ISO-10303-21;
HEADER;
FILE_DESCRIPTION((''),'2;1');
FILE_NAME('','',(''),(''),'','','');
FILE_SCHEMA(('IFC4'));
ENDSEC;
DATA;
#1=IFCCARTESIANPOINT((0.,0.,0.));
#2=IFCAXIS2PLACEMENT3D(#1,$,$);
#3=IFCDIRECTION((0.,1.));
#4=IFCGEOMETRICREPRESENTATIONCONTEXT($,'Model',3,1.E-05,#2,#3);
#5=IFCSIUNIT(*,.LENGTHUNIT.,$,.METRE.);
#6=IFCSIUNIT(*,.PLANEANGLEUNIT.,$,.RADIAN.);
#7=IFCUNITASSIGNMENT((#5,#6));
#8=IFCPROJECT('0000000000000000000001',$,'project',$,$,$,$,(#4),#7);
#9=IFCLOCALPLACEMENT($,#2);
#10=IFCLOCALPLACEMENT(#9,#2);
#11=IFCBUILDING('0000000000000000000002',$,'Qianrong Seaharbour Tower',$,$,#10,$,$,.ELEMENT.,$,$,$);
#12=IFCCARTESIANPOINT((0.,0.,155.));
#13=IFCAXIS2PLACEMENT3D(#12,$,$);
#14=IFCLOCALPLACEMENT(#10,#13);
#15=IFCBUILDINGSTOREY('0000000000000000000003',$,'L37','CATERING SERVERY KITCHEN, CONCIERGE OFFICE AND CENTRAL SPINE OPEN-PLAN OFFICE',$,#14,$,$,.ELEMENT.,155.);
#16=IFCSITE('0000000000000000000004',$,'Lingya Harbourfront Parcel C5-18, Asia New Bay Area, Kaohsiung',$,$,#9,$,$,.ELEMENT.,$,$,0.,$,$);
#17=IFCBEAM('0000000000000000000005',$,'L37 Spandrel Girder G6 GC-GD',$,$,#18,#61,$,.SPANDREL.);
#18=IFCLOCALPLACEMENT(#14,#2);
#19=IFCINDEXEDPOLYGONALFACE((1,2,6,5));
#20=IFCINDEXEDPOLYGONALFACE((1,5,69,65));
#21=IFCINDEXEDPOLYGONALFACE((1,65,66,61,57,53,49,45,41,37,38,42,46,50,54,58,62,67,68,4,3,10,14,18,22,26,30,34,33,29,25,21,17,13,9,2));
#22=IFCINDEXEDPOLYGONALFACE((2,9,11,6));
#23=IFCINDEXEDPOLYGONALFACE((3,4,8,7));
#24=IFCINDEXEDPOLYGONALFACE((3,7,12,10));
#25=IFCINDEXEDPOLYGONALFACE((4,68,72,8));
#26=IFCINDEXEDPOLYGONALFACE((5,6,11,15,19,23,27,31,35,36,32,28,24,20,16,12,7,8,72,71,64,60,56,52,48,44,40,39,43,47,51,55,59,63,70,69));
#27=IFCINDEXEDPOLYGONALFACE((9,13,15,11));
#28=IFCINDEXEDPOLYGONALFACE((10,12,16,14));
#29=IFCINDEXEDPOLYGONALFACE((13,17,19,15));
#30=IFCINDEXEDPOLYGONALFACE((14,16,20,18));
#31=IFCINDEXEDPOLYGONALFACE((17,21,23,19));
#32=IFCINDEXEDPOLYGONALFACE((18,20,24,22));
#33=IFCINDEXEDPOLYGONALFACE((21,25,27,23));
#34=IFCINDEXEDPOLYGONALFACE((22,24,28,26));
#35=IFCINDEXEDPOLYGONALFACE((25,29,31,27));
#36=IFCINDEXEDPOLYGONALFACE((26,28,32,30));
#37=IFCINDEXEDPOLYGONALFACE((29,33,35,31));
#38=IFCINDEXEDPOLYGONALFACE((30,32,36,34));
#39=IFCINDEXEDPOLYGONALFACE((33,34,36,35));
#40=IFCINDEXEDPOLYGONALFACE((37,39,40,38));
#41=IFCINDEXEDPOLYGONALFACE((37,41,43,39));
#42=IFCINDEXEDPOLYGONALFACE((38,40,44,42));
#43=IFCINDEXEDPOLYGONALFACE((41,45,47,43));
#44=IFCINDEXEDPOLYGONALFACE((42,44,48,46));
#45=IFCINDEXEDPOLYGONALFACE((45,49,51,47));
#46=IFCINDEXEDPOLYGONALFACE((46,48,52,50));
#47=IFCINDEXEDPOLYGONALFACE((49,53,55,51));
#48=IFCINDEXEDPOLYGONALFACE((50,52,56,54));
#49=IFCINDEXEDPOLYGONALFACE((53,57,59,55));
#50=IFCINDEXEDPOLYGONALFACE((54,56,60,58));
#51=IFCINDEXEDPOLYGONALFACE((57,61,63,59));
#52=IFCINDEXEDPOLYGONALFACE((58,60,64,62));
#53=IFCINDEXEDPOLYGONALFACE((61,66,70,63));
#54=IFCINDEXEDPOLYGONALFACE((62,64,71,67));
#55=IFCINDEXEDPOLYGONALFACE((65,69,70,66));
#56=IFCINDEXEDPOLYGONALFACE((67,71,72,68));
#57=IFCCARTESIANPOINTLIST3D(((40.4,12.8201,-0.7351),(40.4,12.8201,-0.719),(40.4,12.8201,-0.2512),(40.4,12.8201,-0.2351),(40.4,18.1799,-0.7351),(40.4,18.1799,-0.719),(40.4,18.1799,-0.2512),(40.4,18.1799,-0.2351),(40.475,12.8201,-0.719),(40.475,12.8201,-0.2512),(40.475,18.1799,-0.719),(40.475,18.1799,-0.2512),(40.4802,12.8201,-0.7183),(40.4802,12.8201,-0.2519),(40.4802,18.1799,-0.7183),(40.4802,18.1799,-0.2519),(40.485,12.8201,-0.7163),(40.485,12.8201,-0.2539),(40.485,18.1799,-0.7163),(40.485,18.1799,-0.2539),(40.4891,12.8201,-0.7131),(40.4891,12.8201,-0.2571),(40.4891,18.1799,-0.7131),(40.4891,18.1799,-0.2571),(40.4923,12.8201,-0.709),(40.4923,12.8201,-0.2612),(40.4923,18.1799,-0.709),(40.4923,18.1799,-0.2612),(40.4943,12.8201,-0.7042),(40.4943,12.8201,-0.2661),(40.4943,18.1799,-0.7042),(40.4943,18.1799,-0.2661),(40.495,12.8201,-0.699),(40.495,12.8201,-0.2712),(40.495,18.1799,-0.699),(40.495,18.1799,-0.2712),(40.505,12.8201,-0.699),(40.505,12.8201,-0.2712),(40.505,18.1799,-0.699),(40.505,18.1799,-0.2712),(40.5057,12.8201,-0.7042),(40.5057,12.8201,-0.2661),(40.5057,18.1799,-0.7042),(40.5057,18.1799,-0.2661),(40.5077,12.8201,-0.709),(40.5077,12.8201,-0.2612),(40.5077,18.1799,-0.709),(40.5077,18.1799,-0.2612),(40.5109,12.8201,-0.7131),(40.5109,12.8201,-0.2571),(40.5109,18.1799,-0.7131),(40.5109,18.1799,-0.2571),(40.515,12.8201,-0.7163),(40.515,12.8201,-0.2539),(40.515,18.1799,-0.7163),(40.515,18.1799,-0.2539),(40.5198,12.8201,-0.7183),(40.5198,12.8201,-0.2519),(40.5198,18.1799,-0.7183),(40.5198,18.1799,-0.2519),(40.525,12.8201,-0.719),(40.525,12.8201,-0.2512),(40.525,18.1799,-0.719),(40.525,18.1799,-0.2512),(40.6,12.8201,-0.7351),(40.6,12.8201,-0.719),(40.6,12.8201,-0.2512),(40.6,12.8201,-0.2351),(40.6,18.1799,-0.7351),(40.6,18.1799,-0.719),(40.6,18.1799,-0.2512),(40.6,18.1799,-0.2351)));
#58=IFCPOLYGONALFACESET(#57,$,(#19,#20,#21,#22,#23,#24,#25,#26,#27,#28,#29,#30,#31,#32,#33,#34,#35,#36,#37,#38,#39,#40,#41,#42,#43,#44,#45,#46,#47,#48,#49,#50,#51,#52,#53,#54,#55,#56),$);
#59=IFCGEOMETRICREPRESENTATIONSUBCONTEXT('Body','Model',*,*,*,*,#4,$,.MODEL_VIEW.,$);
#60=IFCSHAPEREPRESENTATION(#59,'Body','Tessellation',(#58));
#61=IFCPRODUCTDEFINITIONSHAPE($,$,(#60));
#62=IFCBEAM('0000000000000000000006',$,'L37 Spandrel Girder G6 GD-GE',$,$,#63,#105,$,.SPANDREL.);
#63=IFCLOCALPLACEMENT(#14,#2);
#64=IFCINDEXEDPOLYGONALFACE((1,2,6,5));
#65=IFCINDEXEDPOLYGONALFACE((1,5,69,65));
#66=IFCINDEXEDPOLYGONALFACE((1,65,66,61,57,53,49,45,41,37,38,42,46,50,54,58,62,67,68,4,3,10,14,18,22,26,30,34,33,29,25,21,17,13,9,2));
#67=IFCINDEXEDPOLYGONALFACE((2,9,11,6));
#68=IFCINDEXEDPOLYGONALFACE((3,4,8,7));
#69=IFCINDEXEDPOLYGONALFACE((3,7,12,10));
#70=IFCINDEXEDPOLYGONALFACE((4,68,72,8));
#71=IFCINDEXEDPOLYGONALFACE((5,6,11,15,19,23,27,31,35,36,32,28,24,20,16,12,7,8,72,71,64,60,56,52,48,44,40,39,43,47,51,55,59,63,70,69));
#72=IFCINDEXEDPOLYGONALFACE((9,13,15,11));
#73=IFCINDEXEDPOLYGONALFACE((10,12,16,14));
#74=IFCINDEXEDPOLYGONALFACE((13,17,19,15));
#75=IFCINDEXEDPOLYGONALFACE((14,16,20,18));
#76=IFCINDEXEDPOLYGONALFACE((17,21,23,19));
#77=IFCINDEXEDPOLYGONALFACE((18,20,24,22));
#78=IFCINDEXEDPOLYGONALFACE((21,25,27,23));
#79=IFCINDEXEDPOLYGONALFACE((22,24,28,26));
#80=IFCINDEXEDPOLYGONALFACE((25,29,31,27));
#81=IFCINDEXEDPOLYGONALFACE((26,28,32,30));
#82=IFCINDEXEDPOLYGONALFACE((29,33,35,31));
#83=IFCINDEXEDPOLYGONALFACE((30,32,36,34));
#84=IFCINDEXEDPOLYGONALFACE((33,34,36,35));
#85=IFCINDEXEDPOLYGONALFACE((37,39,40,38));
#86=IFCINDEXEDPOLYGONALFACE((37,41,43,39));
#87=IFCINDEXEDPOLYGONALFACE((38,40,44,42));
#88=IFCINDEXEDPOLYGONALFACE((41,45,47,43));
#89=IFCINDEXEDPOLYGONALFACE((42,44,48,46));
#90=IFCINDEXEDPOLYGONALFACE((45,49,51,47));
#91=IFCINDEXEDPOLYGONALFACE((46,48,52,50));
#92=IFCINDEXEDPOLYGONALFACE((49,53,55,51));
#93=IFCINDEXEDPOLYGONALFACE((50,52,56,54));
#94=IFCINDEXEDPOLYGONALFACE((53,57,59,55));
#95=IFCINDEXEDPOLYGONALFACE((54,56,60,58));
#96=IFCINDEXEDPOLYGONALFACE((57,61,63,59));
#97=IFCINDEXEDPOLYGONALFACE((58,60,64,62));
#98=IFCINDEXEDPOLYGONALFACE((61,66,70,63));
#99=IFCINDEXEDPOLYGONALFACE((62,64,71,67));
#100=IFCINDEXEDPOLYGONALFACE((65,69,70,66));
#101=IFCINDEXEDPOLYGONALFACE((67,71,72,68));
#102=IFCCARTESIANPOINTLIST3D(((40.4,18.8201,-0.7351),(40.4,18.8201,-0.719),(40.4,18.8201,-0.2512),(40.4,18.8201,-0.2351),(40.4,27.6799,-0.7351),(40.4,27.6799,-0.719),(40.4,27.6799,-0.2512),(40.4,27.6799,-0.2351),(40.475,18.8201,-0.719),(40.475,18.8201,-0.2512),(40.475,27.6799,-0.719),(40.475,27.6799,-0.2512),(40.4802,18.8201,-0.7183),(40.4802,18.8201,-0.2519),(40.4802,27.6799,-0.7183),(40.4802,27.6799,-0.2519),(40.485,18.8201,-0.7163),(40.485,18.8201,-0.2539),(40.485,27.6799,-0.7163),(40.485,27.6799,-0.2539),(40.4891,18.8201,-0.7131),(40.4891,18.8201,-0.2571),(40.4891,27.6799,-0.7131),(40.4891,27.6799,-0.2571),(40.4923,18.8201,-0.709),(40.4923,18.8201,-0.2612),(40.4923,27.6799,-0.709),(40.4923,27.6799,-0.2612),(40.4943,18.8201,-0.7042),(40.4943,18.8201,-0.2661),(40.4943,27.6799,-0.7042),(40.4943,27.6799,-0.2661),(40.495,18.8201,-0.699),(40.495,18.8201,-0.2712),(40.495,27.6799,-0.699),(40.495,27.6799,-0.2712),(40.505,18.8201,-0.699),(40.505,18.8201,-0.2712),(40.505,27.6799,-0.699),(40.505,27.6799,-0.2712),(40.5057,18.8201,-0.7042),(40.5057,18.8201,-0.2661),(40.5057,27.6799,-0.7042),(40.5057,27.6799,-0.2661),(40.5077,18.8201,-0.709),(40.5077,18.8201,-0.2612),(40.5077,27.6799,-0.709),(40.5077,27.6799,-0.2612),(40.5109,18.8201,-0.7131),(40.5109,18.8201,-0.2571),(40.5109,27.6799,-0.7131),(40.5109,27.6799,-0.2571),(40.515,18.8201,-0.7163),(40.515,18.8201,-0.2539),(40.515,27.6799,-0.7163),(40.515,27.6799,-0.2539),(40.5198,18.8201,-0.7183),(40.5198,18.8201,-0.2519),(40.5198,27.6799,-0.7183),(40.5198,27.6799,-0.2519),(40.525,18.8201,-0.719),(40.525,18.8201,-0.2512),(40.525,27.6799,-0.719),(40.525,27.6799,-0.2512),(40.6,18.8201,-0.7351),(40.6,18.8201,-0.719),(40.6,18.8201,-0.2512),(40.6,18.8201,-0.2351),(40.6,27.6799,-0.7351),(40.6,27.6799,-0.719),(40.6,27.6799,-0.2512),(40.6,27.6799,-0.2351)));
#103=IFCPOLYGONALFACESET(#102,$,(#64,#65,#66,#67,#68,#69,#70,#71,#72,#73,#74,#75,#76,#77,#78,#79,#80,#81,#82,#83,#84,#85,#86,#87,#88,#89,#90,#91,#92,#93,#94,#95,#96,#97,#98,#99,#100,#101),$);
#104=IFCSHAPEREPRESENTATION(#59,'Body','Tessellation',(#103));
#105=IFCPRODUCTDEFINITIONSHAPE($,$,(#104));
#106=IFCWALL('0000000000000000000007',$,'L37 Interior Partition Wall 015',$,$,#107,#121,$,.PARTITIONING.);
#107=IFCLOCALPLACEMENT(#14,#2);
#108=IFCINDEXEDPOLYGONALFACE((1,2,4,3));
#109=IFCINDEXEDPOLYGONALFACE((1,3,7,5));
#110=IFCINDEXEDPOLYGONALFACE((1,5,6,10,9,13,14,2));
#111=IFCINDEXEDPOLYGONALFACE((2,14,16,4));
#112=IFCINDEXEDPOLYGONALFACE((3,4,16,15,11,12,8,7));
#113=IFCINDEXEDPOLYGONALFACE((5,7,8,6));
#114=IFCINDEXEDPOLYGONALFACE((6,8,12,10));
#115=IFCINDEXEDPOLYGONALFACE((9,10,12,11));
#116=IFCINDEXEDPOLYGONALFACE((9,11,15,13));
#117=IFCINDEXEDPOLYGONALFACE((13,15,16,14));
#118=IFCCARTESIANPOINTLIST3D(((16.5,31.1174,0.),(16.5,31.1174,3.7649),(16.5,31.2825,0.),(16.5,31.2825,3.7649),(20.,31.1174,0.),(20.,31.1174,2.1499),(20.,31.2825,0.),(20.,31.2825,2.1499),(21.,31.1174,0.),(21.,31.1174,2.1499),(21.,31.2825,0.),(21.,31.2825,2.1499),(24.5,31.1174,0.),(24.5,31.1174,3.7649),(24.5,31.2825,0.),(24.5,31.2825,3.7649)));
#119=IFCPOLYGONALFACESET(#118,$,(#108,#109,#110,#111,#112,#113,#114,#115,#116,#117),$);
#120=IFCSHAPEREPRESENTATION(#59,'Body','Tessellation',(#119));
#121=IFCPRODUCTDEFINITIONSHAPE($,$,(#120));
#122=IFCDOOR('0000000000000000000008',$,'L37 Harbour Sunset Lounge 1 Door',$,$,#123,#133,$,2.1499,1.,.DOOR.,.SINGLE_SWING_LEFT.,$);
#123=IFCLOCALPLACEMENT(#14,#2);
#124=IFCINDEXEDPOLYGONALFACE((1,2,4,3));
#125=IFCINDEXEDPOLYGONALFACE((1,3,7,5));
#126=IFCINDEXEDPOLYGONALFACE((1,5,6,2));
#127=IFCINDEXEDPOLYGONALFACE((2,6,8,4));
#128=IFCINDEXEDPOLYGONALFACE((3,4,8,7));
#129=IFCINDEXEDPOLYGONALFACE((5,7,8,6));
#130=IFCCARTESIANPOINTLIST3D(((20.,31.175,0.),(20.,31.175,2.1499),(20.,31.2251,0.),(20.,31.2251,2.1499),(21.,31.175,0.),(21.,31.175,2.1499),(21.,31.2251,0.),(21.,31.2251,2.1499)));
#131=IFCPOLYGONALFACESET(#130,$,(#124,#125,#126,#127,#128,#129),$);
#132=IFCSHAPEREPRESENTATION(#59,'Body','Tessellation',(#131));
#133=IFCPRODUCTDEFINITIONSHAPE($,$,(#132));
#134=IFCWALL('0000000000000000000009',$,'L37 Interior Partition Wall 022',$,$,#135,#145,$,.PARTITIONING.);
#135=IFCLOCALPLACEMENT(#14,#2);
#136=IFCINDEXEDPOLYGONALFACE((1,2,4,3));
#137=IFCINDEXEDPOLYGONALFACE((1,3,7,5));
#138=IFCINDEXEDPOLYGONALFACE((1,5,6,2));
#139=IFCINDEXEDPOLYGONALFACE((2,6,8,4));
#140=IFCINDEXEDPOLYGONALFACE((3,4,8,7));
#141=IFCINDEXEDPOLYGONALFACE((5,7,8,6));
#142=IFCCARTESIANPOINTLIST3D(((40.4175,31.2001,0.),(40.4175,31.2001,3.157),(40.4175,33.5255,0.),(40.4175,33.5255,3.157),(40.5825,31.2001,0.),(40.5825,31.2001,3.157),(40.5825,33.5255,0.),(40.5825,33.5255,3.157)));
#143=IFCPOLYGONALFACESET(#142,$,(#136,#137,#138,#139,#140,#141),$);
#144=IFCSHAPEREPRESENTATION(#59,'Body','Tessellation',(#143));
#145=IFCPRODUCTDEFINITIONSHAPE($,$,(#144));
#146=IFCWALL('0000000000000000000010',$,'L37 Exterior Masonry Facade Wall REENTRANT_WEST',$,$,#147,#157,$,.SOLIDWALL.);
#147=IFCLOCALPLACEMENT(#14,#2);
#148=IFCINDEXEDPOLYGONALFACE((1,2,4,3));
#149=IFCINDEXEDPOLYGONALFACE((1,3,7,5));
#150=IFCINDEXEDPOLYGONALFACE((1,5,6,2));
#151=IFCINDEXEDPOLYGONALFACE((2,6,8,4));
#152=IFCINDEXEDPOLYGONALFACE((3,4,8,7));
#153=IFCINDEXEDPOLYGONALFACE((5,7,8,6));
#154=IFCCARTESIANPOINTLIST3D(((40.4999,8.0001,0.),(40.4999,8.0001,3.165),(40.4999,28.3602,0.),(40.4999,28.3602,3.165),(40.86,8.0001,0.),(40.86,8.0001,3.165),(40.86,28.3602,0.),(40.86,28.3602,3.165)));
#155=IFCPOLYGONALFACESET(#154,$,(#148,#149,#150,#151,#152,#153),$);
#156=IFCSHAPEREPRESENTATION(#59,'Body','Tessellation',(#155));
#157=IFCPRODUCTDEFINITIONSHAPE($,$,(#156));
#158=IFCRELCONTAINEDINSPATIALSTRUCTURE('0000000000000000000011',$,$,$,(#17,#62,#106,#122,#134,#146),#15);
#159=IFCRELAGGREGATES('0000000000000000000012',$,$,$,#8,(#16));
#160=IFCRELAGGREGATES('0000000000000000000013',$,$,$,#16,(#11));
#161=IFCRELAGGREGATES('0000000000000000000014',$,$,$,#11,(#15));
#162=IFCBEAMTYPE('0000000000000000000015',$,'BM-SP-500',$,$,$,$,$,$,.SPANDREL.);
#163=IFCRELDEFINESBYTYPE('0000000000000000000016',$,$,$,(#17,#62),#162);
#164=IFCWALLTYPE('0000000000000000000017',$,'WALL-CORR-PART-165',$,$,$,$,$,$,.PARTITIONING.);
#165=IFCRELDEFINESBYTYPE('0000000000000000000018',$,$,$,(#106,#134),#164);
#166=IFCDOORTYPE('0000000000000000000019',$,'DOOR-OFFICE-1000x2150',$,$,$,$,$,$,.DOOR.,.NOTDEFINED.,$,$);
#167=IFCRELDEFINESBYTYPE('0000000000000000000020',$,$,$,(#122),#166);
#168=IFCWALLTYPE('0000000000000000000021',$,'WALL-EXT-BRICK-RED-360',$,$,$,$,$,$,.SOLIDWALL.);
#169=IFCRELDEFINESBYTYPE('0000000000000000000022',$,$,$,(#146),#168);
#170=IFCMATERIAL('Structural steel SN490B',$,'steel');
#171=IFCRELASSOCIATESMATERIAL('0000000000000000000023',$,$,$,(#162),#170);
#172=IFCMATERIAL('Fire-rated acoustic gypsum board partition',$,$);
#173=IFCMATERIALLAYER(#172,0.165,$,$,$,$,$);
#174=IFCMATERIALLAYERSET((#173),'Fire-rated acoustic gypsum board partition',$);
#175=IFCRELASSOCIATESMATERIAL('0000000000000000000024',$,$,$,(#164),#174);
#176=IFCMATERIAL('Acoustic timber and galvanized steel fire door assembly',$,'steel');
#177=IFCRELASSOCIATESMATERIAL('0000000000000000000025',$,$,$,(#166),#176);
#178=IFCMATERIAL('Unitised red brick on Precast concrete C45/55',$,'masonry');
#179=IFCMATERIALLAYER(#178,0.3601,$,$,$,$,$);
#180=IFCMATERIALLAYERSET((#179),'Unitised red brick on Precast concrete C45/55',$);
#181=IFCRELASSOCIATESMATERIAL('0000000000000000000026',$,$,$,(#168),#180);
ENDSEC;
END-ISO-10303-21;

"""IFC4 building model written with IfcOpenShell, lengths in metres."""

from ifc_helpers import new_model, si_unit, direction, frame, frame_2d, origin, origin_2d, place, context, subcontext, project, spatial, rectangle, i_section, extrude, material, layer, layer_set, material_profile, profile_set, type_object, element, fill, save


model = new_model("IFC4")

# Units and contexts
model_context = context("Model", 3, precision=1e-05, world=origin(), true_north=direction((0.0, 1.0)))
body_context = subcontext(model_context, "Body", "Model", "MODEL_VIEW")
ifc_project = project(units=[si_unit("LENGTHUNIT", "METRE"), si_unit("PLANEANGLEUNIT", "RADIAN")], contexts=[model_context])

# Site, building, storey
site_placement = place(None, origin())
site = spatial("IfcSite", under=ifc_project, at=site_placement, Name="Lingya Harbourfront Parcel C5-18, Asia New Bay Area, Kaohsiung", CompositionType="ELEMENT", RefElevation=0.0)
building_placement = place(site_placement, origin())
building = spatial("IfcBuilding", under=site, at=building_placement, Name="Qianrong Seaharbour Tower", CompositionType="ELEMENT")
storey_placement = place(building_placement, frame((0.0, 0.0, 155.0)))
storey = spatial("IfcBuildingStorey", under=building, at=storey_placement, Name="L37", Description="CATERING SERVERY KITCHEN, CONCIERGE OFFICE AND CENTRAL SPINE OPEN-PLAN OFFICE", CompositionType="ELEMENT", Elevation=155.0)

# Shared definitions
ifc_material_1 = material(Name="Structural steel SN490B", Category="steel")

# Beams
ifc_material_profile_1 = material_profile(ifc_material_1, i_section(OverallWidth=0.2, OverallDepth=0.5, WebThickness=0.01, FlangeThickness=0.0161, FilletRadius=0.02, at=origin_2d()), Name="H500x200x10x16")
ifc_profile_set_1 = profile_set([ifc_material_profile_1], Name="Structural steel SN490B")
beam_type_1 = type_object("IfcBeamType", Name="BM-SP-500", PredefinedType="SPANDREL", material=ifc_profile_set_1)
beam_1_placement = place(storey_placement, frame((40.5, 12.8201, -0.4851), z_axis=(0.0, 1.0, 0.0), x_axis=(-1.0, 0.0, 0.0)))
element("IfcBeam", 1, at=beam_1_placement, inside=storey, type_object=beam_type_1, Name="L37 Spandrel Girder G6 GC-GD", PredefinedType="SPANDREL", context=body_context, shape_type="SweptSolid", body=[
    extrude(i_section(OverallWidth=0.2, OverallDepth=0.5, WebThickness=0.01, FlangeThickness=0.0161, FilletRadius=0.02, at=origin_2d()), origin(), (0.0, 0.0, 1.0), 5.3599),
])
beam_2_placement = place(storey_placement, frame((40.5, 18.8201, -0.4851), z_axis=(0.0, 1.0, 0.0), x_axis=(-1.0, 0.0, 0.0)))
element("IfcBeam", 2, at=beam_2_placement, inside=storey, type_object=beam_type_1, Name="L37 Spandrel Girder G6 GD-GE", PredefinedType="SPANDREL", context=body_context, shape_type="SweptSolid", body=[
    extrude(i_section(OverallWidth=0.2, OverallDepth=0.5, WebThickness=0.01, FlangeThickness=0.0161, FilletRadius=0.02, at=origin_2d()), origin(), (0.0, 0.0, 1.0), 8.8599),
])

# Wall, opening, door
ifc_material_2 = material(Name="Fire-rated acoustic gypsum board partition")
ifc_layer_1 = layer(ifc_material_2, 0.165)
ifc_layer_set_1 = layer_set([ifc_layer_1], Name="Fire-rated acoustic gypsum board partition")
wall_type_1 = type_object("IfcWallType", Name="WALL-CORR-PART-165", PredefinedType="PARTITIONING", material=ifc_layer_set_1)
wall_1_placement = place(storey_placement, frame((24.5, 31.2, 0.0), z_axis=(0.0, 0.0, 1.0), x_axis=(-1.0, 0.0, 0.0)))
wall_1 = element("IfcWall", 3, at=wall_1_placement, inside=storey, type_object=wall_type_1, Name="L37 Interior Partition Wall 015", PredefinedType="PARTITIONING", context=body_context, shape_type="SweptSolid", body=[
    extrude(rectangle(XDim=8.0, YDim=0.165, at=frame_2d((4.0, 0.0))), origin(), (0.0, 0.0, 1.0), 3.7649),
])
opening_1_placement = place(wall_1_placement, frame((3.5, 0.0, 0.0)))
opening_1 = element("IfcOpeningElement", 4, at=opening_1_placement, cuts=wall_1, PredefinedType="OPENING", context=body_context, shape_type="SweptSolid", body=[
    extrude(rectangle(XDim=1.0, YDim=2.1499, at=frame_2d((0.5, 1.075))), frame((0.0, 0.0925, 0.0), z_axis=(0.0, -1.0, 0.0), x_axis=(1.0, 0.0, 0.0)), (0.0, 0.0, 1.0), 0.1851),
])
ifc_material_3 = material(Name="Acoustic timber and galvanized steel fire door assembly", Category="steel")
door_type = type_object("IfcDoorType", Name="DOOR-OFFICE-1000x2150", OperationType="NOTDEFINED", PredefinedType="DOOR", material=ifc_material_3)
door_placement = place(opening_1_placement, origin())
door = element("IfcDoor", 5, at=door_placement, inside=storey, type_object=door_type, Name="L37 Harbour Sunset Lounge 1 Door", OperationType="SINGLE_SWING_LEFT", OverallHeight=2.1499, OverallWidth=1.0, PredefinedType="DOOR", context=body_context, shape_type="SweptSolid", body=[
    extrude(rectangle(XDim=1.0, YDim=2.1499, at=frame_2d((0.5, 1.075))), frame((0.0, 0.0249, 0.0), z_axis=(0.0, -1.0, 0.0), x_axis=(1.0, 0.0, 0.0)), (0.0, 0.0, 1.0), 0.05),
])
fill(opening_1, door)

# Walls
wall_2_placement = place(storey_placement, frame((40.5, 33.5254, 0.0), z_axis=(0.0, 0.0, 1.0), x_axis=(0.0, -1.0, 0.0)))
element("IfcWall", 6, at=wall_2_placement, inside=storey, type_object=wall_type_1, Name="L37 Interior Partition Wall 022", PredefinedType="PARTITIONING", context=body_context, shape_type="SweptSolid", body=[
    extrude(rectangle(XDim=2.3254, YDim=0.165, at=frame_2d((1.1626, 0.0))), origin(), (0.0, 0.0, 1.0), 3.157),
])
ifc_material_4 = material(Name="Unitised red brick on Precast concrete C45/55", Category="masonry")
ifc_layer_2 = layer(ifc_material_4, 0.3601)
ifc_layer_set_2 = layer_set([ifc_layer_2], Name="Unitised red brick on Precast concrete C45/55")
wall_type_2 = type_object("IfcWallType", Name="WALL-EXT-BRICK-RED-360", PredefinedType="SOLIDWALL", material=ifc_layer_set_2)
wall_3_placement = place(storey_placement, frame((40.6799, 8.0, 0.0), z_axis=(0.0, 0.0, 1.0), x_axis=(0.0, 1.0, 0.0)))
element("IfcWall", 7, at=wall_3_placement, inside=storey, type_object=wall_type_2, Name="L37 Exterior Masonry Facade Wall REENTRANT_WEST", PredefinedType="SOLIDWALL", context=body_context, shape_type="SweptSolid", body=[
    extrude(rectangle(XDim=20.3601, YDim=0.3601, at=frame_2d((10.1802, 0.0))), origin(), (0.0, 0.0, 1.0), 3.165),
])

save(model, "model.ifc")
